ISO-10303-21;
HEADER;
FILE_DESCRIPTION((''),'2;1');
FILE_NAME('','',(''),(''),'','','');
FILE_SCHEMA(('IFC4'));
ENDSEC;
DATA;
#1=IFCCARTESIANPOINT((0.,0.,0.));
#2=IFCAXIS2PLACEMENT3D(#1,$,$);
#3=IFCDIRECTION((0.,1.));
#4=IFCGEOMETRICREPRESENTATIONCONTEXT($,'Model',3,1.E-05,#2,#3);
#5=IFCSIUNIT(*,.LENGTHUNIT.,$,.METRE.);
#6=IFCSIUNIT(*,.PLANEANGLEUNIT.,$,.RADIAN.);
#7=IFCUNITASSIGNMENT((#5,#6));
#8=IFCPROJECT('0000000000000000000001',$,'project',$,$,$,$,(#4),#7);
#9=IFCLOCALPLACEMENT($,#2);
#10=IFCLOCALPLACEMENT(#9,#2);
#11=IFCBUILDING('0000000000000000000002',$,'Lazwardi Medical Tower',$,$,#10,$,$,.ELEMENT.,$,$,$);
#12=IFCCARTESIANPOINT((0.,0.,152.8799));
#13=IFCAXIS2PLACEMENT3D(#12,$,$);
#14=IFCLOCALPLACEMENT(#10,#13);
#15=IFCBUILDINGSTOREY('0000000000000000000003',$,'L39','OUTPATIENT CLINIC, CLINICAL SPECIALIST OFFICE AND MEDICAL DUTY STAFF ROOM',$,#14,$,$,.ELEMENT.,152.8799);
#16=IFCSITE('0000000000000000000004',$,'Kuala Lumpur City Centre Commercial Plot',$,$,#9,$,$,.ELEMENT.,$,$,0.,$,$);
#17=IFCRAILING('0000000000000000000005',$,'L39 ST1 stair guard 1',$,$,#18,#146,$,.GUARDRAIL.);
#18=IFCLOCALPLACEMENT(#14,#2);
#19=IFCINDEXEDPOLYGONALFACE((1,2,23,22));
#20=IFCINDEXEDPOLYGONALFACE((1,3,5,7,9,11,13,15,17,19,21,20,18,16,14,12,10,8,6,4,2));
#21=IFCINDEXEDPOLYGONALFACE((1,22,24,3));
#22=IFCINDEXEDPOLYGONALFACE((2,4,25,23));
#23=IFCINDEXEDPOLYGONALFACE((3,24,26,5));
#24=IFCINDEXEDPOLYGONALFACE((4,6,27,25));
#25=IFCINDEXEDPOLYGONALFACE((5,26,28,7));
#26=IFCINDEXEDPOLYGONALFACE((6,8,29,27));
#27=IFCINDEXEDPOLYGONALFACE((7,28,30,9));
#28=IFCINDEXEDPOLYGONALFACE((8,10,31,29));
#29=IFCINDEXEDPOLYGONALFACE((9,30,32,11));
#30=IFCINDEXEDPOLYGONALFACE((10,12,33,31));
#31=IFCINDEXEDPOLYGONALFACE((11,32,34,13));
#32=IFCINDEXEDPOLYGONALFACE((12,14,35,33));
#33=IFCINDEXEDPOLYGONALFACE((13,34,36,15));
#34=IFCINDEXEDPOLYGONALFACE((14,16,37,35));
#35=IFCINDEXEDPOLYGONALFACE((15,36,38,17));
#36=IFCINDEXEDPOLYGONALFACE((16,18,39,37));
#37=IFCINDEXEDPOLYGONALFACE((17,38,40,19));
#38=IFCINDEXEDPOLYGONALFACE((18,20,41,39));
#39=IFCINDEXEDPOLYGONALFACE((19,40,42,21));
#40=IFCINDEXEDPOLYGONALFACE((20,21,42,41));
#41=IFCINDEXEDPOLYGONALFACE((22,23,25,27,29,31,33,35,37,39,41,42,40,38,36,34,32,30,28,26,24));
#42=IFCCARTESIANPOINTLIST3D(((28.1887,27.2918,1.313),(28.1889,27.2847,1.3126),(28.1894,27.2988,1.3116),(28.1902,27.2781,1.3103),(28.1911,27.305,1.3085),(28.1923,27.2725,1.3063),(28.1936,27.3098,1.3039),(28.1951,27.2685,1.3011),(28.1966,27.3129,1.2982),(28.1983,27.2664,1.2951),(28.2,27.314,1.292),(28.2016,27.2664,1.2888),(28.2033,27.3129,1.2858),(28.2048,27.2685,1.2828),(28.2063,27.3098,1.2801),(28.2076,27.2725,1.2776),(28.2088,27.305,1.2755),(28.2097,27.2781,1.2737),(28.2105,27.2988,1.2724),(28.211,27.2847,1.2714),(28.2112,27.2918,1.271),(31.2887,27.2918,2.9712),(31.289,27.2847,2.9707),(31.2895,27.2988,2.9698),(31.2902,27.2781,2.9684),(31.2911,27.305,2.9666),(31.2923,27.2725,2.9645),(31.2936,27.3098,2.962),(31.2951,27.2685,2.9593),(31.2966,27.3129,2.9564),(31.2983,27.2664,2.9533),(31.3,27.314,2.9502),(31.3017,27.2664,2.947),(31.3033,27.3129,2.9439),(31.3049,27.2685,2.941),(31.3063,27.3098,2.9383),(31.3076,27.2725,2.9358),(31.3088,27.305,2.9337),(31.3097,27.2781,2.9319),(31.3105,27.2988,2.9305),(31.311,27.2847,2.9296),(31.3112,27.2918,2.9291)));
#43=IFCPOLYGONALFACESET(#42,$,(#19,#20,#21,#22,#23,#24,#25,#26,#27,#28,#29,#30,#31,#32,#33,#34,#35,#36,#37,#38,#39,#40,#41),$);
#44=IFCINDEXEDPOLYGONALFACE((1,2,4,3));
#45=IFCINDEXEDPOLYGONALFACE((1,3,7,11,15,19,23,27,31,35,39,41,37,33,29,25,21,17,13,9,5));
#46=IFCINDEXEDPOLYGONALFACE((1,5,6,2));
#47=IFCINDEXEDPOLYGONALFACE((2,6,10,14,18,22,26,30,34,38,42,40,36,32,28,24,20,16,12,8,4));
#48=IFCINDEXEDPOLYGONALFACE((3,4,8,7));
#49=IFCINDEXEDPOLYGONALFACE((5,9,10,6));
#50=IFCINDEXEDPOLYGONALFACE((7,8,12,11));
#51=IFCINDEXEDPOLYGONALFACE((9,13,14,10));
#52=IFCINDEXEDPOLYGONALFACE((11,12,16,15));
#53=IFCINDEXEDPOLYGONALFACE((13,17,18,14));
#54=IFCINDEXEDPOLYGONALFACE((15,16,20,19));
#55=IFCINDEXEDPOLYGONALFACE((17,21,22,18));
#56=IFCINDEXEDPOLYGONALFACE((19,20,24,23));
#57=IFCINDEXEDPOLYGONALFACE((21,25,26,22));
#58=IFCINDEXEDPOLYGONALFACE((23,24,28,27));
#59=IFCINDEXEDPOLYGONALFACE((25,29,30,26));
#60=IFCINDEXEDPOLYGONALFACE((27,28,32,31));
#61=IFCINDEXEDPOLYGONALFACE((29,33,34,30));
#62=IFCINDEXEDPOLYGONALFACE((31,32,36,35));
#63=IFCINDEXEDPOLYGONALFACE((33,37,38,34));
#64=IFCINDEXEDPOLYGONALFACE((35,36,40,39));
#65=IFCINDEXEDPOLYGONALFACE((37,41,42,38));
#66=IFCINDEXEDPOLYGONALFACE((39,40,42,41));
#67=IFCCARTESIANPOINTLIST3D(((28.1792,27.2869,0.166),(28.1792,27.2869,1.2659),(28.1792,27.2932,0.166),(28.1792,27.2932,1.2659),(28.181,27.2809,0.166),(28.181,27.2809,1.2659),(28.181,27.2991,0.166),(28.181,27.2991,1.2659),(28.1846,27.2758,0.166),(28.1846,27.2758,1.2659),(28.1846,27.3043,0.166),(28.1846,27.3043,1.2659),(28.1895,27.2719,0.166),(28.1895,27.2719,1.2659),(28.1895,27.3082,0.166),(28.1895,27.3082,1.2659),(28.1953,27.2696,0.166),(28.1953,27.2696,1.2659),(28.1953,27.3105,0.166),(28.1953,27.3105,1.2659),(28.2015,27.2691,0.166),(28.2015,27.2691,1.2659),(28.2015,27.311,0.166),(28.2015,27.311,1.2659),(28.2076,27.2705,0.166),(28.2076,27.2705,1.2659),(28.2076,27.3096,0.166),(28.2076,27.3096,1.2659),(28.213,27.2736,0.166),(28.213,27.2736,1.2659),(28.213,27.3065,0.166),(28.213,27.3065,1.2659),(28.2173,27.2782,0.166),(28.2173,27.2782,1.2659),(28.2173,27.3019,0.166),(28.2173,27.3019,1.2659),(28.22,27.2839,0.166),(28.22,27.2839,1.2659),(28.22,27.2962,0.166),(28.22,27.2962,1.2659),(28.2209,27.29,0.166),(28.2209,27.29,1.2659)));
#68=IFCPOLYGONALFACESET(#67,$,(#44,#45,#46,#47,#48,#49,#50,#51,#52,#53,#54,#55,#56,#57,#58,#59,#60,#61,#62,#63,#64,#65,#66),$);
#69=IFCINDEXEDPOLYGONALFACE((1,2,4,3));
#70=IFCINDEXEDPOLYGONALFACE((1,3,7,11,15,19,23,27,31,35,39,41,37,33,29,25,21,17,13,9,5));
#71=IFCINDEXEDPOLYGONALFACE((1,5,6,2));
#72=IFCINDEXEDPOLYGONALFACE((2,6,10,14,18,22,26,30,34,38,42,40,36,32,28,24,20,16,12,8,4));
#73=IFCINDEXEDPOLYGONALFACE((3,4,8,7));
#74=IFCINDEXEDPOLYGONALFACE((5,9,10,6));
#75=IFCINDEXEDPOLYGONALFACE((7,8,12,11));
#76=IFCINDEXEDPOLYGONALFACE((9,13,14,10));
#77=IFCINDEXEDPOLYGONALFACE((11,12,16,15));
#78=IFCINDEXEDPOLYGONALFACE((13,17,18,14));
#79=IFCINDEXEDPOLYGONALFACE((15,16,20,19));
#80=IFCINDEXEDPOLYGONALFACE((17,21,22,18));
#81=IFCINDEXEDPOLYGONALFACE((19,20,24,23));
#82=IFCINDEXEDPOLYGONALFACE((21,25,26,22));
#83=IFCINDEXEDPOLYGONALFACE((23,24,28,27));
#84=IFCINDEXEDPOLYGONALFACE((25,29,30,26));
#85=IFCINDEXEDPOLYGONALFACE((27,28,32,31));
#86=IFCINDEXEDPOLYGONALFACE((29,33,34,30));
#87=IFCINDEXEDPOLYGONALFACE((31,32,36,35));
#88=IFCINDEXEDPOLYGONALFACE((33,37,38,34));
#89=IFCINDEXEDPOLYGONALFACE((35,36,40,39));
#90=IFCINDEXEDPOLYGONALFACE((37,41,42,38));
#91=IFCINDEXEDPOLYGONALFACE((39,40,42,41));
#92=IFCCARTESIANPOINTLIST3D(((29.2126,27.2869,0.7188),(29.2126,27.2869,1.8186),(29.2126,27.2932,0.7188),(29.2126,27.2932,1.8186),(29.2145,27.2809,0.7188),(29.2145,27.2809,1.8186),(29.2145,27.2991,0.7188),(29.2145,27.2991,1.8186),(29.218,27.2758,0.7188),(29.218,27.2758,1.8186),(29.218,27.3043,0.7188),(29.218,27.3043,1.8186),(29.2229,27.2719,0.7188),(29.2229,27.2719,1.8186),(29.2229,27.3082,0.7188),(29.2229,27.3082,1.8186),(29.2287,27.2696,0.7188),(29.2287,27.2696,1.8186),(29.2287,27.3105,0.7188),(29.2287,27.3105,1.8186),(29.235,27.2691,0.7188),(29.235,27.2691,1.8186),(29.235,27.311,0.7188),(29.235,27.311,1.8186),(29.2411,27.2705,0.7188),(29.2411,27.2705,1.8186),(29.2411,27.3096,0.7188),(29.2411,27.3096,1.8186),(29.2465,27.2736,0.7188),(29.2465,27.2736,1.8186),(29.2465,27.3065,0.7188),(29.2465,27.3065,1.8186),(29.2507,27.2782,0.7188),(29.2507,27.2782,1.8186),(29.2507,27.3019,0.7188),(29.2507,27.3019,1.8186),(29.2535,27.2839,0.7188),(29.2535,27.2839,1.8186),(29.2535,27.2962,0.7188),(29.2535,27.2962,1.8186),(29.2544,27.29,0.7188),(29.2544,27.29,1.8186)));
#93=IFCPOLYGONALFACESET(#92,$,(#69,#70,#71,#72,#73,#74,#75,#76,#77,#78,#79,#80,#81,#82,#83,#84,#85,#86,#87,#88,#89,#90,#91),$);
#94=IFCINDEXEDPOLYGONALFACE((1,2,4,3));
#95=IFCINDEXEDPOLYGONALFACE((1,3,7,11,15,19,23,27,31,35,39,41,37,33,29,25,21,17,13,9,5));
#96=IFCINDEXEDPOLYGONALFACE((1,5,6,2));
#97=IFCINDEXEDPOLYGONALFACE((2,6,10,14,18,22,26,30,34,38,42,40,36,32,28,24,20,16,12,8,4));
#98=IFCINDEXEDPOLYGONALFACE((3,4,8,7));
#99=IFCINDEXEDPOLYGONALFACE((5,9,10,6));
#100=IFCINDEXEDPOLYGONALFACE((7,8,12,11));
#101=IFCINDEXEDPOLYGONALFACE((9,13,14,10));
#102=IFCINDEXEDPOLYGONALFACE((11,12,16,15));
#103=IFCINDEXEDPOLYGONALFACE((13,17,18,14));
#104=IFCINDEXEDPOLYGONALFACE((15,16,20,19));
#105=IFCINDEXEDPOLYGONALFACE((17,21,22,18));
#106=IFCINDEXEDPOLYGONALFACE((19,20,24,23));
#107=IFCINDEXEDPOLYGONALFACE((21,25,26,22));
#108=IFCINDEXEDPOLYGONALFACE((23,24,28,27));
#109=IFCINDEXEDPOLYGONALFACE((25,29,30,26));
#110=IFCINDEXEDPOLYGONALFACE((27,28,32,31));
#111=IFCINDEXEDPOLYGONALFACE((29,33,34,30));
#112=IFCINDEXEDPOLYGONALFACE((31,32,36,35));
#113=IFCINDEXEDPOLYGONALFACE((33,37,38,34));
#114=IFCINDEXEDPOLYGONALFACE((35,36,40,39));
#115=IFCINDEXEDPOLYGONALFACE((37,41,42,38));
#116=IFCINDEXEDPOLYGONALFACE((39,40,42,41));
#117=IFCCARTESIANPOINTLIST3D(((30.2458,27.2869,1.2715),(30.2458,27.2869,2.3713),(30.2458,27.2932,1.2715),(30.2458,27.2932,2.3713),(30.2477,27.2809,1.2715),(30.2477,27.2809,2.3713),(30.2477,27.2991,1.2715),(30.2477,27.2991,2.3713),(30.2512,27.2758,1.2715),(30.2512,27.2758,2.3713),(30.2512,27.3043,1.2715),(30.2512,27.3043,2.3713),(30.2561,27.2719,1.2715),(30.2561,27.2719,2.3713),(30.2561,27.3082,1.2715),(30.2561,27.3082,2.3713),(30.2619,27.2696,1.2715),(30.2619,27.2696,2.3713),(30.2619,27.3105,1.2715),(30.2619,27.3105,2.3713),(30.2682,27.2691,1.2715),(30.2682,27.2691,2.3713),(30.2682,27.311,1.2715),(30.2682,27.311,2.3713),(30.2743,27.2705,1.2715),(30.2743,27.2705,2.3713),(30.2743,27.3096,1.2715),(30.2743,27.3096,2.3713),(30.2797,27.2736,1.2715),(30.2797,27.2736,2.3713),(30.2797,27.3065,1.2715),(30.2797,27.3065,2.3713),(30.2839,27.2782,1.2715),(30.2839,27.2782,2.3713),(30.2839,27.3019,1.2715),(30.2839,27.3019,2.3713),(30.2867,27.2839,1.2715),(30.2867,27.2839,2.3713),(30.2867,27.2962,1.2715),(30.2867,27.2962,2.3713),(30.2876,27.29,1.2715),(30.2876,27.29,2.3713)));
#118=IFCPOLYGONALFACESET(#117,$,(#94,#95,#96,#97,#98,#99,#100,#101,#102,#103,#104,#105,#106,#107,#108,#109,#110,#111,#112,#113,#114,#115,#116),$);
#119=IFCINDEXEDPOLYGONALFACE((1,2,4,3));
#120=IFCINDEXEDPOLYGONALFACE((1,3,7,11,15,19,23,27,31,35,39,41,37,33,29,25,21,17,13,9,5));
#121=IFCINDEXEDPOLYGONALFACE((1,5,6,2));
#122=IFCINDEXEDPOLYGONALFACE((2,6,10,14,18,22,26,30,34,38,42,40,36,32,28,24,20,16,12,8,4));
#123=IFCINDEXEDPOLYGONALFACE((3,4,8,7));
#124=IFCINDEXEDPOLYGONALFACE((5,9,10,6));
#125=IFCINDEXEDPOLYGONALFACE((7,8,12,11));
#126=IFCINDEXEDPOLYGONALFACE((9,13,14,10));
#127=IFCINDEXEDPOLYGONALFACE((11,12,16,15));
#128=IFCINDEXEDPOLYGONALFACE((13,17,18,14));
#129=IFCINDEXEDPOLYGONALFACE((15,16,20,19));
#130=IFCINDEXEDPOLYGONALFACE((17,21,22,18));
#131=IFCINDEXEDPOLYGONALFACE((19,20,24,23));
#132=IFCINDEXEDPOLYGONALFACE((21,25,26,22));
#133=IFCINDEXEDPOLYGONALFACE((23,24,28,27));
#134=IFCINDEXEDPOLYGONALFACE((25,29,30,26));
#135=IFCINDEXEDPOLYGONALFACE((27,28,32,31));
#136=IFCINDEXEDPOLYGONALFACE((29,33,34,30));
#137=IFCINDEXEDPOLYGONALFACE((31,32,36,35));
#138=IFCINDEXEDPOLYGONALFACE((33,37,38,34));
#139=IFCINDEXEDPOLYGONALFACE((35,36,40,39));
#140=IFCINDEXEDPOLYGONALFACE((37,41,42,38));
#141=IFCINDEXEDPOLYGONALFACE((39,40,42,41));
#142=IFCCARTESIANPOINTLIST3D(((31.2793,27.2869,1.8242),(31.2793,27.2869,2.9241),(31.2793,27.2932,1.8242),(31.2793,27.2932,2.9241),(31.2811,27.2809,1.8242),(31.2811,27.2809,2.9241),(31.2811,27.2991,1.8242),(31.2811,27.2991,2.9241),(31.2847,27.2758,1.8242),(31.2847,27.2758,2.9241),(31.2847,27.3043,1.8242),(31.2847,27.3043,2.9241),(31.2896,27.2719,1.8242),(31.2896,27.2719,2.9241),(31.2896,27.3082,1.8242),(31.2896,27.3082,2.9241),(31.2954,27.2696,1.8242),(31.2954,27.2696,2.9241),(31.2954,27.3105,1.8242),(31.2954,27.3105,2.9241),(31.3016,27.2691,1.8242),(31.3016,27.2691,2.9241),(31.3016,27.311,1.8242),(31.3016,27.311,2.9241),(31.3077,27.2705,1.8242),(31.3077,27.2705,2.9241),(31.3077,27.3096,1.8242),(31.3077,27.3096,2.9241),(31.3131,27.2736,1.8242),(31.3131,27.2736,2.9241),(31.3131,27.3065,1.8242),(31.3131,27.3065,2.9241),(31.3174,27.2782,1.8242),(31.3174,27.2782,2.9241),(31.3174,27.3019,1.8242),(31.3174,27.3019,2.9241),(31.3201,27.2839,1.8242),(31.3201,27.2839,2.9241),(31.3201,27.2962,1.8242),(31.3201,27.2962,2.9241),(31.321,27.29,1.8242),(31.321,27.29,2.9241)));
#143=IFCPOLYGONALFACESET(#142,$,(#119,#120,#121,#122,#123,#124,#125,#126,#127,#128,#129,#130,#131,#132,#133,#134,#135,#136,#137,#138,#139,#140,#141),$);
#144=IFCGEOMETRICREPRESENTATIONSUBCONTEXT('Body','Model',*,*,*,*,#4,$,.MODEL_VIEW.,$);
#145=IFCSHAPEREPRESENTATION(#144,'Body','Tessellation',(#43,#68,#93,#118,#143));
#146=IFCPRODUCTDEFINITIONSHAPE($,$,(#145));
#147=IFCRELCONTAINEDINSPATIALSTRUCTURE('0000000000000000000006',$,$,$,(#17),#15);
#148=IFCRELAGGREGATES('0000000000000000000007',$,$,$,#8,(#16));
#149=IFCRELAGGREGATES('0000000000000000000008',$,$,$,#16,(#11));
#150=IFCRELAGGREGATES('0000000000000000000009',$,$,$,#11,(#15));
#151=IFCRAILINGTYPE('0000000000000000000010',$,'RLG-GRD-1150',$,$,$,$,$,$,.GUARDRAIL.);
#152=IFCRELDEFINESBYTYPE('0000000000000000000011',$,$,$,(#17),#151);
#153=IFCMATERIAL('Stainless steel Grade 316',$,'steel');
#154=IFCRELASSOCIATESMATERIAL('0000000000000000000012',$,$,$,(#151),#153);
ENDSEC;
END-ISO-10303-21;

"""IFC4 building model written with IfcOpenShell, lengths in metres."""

from ifc_helpers import new_model, si_unit, direction, frame, origin, origin_2d, place, context, subcontext, project, spatial, circle, extrude, material, type_object, element, save


model = new_model("IFC4")

# Units and contexts
model_context = context("Model", 3, precision=1e-05, world=origin(), true_north=direction((0.0, 1.0)))
body_context = subcontext(model_context, "Body", "Model", "MODEL_VIEW")
ifc_project = project(units=[si_unit("LENGTHUNIT", "METRE"), si_unit("PLANEANGLEUNIT", "RADIAN")], contexts=[model_context])

# Site, building, storey
site_placement = place(None, origin())
site = spatial("IfcSite", under=ifc_project, at=site_placement, Name="Kuala Lumpur City Centre Commercial Plot", CompositionType="ELEMENT", RefElevation=0.0)
building_placement = place(site_placement, origin())
building = spatial("IfcBuilding", under=site, at=building_placement, Name="Lazwardi Medical Tower", CompositionType="ELEMENT")
storey_placement = place(building_placement, frame((0.0, 0.0, 152.8799)))
storey = spatial("IfcBuildingStorey", under=building, at=storey_placement, Name="L39", Description="OUTPATIENT CLINIC, CLINICAL SPECIALIST OFFICE AND MEDICAL DUTY STAFF ROOM", CompositionType="ELEMENT", Elevation=152.8799)

# Railing
ifc_material_1 = material(Name="Stainless steel Grade 316", Category="steel")
railing_type_1 = type_object("IfcRailingType", Name="RLG-GRD-1150", PredefinedType="GUARDRAIL", material=ifc_material_1)
railing_1_placement = place(storey_placement, frame((28.2, 27.29, 0.166)))
element("IfcRailing", 1, at=railing_1_placement, inside=storey, type_object=railing_type_1, Name="L39 ST1 stair guard 1", PredefinedType="GUARDRAIL", context=body_context, shape_type="SweptSolid", body=[
    extrude(circle(Radius=0.0239, at=origin_2d()), frame((0.0, 0.0, 1.126), z_axis=(0.881783, 0.0, 0.471655), x_axis=(0.0, 1.0, 0.0)), (0.0, 0.0, 1.0), 3.5156),
    extrude(circle(Radius=0.021, at=origin_2d()), origin(), (0.0, 0.0, 1.0), 1.0999),
    extrude(circle(Radius=0.021, at=origin_2d()), frame((1.0334, 0.0, 0.5527)), (0.0, 0.0, 1.0), 1.0999),
    extrude(circle(Radius=0.021, at=origin_2d()), frame((2.0667, 0.0, 1.1055)), (0.0, 0.0, 1.0), 1.0999),
    extrude(circle(Radius=0.021, at=origin_2d()), frame((3.1001, 0.0, 1.6582)), (0.0, 0.0, 1.0), 1.0999),
])

save(model, "model.ifc")
